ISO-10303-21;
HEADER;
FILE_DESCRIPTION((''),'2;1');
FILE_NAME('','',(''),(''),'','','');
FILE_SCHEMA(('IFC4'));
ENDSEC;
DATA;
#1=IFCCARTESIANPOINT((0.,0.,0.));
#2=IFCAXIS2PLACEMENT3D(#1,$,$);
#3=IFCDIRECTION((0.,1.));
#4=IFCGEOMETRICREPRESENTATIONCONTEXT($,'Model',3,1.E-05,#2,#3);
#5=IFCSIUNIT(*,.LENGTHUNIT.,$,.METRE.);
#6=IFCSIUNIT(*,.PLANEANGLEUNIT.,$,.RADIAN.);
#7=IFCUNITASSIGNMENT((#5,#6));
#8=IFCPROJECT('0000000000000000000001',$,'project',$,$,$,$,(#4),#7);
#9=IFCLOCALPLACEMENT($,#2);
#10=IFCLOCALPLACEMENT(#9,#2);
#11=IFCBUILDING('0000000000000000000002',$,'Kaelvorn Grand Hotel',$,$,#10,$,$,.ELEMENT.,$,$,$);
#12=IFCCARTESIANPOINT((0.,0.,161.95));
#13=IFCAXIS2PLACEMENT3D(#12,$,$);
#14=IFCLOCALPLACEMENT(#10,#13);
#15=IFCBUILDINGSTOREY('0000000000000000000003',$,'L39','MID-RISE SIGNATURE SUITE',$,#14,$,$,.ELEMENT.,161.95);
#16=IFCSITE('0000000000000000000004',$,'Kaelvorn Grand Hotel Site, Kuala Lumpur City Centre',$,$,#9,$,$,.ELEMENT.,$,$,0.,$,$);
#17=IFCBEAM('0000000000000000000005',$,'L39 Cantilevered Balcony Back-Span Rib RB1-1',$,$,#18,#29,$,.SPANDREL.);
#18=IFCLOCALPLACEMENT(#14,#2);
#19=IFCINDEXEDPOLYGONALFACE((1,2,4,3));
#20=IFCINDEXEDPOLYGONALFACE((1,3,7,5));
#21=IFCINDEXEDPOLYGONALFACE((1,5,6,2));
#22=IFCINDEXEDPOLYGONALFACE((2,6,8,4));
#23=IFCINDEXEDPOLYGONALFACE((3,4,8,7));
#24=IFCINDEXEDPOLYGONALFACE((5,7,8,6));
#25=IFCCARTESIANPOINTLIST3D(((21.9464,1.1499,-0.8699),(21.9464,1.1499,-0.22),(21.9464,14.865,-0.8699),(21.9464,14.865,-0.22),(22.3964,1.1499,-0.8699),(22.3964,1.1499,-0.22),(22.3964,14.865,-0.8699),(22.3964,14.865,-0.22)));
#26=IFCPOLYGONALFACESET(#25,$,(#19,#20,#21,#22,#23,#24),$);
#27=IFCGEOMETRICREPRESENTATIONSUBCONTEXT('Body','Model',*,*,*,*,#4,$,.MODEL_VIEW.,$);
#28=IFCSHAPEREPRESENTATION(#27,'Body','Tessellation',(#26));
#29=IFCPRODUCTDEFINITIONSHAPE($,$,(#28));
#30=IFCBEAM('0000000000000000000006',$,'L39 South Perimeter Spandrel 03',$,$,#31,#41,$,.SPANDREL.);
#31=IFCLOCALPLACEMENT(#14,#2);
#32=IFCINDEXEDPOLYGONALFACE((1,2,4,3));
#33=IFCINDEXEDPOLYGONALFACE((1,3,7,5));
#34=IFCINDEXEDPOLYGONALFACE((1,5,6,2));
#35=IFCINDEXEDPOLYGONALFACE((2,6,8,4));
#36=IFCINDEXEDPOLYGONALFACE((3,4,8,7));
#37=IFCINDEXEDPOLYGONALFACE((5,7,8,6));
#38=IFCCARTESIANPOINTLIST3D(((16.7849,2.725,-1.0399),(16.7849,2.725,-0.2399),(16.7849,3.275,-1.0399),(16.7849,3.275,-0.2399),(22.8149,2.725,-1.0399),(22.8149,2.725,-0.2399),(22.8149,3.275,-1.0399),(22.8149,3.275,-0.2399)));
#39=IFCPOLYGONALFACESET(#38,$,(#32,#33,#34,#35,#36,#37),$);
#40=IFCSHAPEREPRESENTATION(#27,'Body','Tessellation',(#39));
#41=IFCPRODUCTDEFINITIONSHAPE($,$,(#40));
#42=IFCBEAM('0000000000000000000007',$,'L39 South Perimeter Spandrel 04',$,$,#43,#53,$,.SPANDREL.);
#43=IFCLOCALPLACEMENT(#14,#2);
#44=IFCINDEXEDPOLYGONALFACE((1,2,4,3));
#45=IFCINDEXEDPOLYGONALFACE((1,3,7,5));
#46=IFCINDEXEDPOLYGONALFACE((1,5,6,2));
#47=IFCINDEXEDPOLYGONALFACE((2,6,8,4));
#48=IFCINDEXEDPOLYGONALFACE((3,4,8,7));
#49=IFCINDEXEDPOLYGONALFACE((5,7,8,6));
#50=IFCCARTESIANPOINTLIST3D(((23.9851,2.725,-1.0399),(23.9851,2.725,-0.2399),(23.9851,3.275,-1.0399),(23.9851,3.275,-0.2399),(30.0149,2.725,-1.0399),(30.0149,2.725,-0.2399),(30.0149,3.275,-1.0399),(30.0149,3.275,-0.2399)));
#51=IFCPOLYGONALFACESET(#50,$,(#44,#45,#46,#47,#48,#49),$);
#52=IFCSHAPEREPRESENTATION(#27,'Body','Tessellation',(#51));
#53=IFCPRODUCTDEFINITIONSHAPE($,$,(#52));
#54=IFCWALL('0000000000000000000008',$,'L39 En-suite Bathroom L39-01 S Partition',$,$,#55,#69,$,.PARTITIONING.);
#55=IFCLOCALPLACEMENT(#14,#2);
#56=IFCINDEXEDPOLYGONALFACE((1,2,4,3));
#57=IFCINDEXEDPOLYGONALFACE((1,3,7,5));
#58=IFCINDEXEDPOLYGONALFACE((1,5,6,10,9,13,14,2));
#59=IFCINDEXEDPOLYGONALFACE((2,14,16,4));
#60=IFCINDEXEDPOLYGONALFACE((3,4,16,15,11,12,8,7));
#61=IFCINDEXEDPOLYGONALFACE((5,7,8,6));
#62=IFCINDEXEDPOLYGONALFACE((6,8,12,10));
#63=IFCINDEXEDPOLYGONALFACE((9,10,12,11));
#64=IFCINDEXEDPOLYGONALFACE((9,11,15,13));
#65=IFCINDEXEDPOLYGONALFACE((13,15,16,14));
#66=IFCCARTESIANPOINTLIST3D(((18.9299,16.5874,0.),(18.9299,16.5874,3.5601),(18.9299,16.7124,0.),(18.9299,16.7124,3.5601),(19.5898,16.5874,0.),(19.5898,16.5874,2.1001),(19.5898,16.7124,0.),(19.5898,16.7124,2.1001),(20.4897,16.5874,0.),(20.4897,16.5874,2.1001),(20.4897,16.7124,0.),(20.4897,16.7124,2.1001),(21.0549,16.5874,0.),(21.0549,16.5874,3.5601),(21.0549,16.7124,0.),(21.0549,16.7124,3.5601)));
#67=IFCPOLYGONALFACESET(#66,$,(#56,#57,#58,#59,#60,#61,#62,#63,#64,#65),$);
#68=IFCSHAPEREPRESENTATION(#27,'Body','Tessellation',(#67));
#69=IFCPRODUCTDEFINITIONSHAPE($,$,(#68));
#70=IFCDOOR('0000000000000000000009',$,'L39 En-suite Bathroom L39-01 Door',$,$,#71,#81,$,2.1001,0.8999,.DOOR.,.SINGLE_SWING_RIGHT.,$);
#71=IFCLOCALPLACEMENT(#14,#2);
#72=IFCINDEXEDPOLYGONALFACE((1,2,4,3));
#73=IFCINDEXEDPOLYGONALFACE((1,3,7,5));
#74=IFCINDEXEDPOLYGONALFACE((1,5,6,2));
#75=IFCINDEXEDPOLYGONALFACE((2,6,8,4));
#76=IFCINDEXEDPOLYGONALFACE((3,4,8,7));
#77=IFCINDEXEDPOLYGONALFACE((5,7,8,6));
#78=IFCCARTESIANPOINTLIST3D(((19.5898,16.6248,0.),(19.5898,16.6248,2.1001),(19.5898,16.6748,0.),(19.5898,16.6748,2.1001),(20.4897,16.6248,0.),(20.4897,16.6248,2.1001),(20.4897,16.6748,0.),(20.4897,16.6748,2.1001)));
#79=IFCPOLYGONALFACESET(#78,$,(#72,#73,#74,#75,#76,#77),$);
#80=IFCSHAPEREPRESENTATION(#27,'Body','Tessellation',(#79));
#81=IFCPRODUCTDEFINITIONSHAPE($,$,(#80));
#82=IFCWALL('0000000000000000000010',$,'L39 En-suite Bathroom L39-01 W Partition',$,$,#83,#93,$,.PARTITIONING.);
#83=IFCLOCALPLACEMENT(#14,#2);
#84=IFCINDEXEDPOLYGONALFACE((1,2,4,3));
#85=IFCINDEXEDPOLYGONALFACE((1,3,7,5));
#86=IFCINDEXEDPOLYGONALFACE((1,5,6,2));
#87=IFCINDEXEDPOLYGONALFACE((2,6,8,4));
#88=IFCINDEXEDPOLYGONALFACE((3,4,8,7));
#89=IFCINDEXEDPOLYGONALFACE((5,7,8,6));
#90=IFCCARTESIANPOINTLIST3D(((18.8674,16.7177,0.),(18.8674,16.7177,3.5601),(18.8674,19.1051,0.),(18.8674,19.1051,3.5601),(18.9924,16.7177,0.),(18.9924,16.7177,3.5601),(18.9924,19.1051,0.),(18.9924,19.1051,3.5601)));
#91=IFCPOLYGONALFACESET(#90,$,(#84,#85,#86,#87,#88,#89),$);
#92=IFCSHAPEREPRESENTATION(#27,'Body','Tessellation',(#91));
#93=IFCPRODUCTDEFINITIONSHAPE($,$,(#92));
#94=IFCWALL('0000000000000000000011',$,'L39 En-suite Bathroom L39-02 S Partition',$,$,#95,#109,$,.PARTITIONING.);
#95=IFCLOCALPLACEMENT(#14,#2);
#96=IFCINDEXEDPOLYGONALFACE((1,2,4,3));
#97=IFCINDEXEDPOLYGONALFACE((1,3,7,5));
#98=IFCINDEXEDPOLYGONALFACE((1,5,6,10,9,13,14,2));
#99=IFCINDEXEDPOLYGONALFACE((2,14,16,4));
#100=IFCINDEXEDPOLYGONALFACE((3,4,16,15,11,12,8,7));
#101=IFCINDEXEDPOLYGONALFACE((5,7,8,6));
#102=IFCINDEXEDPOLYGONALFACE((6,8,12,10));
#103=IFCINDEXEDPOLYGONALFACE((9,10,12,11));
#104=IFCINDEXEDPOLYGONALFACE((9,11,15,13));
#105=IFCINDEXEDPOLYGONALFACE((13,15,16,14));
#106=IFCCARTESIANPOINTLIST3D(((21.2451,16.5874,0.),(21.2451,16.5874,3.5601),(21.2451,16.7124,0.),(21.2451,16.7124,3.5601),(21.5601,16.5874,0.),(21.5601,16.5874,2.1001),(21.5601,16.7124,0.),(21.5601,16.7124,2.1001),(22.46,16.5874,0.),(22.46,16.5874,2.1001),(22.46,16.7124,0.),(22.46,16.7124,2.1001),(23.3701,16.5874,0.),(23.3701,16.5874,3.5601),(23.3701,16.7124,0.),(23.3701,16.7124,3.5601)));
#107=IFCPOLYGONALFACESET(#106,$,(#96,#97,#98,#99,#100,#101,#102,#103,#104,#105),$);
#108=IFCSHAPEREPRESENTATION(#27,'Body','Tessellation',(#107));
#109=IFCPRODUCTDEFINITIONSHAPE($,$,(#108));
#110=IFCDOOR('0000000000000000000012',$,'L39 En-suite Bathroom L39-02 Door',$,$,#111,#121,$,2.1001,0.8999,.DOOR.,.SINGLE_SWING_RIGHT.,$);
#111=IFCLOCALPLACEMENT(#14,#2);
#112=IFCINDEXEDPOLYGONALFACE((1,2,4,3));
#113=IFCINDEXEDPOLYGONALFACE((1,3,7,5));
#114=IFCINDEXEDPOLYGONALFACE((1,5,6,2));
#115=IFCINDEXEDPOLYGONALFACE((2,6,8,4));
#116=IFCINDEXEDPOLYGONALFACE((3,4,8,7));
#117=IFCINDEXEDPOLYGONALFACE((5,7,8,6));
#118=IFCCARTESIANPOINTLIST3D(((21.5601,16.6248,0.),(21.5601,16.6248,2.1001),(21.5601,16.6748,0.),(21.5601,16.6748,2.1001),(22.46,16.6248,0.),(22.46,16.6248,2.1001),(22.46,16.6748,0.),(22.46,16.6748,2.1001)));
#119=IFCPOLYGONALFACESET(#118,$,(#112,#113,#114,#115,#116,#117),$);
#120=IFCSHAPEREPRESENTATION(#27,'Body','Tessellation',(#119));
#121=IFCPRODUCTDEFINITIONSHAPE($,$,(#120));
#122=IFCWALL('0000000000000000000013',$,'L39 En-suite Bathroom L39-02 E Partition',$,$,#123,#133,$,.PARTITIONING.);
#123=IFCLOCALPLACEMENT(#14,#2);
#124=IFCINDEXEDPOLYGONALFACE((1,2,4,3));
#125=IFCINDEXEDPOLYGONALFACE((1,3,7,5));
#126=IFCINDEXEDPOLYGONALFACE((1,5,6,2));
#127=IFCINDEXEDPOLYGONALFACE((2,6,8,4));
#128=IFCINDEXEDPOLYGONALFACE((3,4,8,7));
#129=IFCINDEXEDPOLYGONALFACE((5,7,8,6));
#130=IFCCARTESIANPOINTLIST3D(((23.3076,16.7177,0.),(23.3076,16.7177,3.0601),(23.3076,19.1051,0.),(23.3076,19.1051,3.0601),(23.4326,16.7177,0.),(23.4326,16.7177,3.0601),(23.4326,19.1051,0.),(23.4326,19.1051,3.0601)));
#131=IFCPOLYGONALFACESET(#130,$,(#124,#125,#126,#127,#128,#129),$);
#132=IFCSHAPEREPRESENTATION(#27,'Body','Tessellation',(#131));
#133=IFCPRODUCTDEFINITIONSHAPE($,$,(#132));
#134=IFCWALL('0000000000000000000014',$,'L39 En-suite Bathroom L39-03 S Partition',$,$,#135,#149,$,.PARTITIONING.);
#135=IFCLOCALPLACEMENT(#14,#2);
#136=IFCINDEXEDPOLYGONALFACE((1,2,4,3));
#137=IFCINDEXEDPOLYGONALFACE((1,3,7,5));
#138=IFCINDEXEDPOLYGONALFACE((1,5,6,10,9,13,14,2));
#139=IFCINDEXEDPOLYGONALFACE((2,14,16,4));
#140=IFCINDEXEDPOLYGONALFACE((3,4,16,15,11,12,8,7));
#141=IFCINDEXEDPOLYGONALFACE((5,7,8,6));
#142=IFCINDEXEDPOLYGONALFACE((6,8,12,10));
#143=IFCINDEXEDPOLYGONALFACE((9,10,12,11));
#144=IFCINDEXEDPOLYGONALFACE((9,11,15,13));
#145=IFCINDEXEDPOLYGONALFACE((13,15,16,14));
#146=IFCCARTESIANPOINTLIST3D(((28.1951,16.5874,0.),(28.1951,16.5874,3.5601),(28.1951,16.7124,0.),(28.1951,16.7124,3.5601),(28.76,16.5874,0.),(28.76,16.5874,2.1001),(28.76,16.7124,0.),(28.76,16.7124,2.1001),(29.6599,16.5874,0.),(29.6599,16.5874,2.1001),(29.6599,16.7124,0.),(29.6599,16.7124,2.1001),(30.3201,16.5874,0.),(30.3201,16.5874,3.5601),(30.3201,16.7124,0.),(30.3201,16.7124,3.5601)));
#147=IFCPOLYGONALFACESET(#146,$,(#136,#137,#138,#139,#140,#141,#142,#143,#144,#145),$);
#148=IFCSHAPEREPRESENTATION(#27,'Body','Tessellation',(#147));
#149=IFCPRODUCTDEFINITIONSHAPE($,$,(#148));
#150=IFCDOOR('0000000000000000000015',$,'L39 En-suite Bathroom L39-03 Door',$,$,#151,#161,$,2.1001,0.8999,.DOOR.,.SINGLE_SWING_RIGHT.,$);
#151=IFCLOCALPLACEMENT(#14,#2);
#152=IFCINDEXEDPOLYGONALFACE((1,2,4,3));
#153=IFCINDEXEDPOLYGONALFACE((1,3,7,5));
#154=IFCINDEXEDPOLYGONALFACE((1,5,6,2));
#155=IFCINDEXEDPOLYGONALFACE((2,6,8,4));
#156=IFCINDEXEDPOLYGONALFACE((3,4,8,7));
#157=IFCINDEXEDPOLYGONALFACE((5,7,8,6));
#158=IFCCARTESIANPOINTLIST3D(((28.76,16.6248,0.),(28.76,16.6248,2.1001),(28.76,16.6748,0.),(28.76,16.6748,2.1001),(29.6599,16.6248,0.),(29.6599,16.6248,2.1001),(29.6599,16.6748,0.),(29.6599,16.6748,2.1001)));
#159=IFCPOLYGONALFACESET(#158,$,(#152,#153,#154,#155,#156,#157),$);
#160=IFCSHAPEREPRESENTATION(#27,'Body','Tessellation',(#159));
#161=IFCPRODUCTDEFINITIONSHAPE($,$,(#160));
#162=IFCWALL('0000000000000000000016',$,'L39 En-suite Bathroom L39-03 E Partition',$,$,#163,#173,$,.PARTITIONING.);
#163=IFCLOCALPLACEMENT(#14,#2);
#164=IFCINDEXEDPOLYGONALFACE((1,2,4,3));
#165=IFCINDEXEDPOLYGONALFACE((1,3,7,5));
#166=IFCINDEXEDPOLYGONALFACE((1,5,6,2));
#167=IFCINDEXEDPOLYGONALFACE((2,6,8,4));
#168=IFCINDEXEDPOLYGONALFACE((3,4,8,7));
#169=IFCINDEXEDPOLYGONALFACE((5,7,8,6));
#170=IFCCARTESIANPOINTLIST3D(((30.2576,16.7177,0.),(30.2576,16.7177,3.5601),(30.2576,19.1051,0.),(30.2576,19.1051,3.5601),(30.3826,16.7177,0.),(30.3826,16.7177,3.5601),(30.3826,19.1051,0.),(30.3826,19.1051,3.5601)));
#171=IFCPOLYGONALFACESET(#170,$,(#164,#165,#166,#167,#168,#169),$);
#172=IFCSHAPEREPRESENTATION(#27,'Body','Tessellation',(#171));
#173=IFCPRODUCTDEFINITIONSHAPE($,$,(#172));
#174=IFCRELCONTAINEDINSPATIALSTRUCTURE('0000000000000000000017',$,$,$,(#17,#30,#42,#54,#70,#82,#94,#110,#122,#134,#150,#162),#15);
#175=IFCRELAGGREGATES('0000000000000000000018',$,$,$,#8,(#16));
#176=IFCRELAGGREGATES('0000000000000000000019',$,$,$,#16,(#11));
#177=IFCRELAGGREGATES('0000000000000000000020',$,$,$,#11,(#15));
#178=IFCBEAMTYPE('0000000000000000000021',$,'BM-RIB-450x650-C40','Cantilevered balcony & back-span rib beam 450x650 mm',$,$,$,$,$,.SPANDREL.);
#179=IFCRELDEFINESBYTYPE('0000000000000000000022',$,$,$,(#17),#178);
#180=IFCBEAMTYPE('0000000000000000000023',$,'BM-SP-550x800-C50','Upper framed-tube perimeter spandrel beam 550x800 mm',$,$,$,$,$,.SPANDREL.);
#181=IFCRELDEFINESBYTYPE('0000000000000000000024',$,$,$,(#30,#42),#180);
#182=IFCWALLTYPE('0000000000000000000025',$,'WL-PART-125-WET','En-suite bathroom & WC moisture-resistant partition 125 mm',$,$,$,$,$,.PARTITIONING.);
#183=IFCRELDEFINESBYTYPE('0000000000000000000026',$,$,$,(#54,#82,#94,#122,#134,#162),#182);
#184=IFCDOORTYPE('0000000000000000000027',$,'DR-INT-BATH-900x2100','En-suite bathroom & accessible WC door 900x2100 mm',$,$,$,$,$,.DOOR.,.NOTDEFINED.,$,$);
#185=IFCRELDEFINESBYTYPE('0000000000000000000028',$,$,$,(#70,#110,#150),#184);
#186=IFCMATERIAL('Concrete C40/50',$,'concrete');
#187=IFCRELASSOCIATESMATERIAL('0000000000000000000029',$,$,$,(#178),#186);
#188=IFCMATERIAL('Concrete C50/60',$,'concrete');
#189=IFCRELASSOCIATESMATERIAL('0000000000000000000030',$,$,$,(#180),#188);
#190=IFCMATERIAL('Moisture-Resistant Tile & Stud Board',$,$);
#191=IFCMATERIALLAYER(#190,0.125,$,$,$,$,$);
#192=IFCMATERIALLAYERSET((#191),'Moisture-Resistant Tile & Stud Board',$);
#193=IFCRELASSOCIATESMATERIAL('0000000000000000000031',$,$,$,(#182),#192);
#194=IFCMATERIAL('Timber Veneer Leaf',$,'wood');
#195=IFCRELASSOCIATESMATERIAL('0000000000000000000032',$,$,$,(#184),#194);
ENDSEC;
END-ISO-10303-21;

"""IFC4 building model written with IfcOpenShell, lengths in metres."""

from ifc_helpers import new_model, si_unit, direction, frame, frame_2d, origin, origin_2d, place, context, subcontext, project, spatial, rectangle, extrude, material, layer, layer_set, material_profile, profile_set, type_object, element, fill, save


model = new_model("IFC4")

# Units and contexts
model_context = context("Model", 3, precision=1e-05, world=origin(), true_north=direction((0.0, 1.0)))
body_context = subcontext(model_context, "Body", "Model", "MODEL_VIEW")
ifc_project = project(units=[si_unit("LENGTHUNIT", "METRE"), si_unit("PLANEANGLEUNIT", "RADIAN")], contexts=[model_context])

# Site, building, storey
site_placement = place(None, origin())
site = spatial("IfcSite", under=ifc_project, at=site_placement, Name="Kaelvorn Grand Hotel Site, Kuala Lumpur City Centre", CompositionType="ELEMENT", RefElevation=0.0)
building_placement = place(site_placement, origin())
building = spatial("IfcBuilding", under=site, at=building_placement, Name="Kaelvorn Grand Hotel", CompositionType="ELEMENT")
storey_placement = place(building_placement, frame((0.0, 0.0, 161.95)))
storey = spatial("IfcBuildingStorey", under=building, at=storey_placement, Name="L39", Description="MID-RISE SIGNATURE SUITE", CompositionType="ELEMENT", Elevation=161.95)

# Beams
ifc_material_1 = material(Name="Concrete C40/50", Category="concrete")
ifc_material_profile_1 = material_profile(ifc_material_1, rectangle(XDim=0.45, YDim=0.6499, at=origin_2d()), Name="RC RIB 450x650")
ifc_profile_set_1 = profile_set([ifc_material_profile_1], Name="Concrete C40/50")
beam_type_1 = type_object("IfcBeamType", Name="BM-RIB-450x650-C40", Description="Cantilevered balcony & back-span rib beam 450x650 mm", PredefinedType="SPANDREL", material=ifc_profile_set_1)
beam_1_placement = place(storey_placement, frame((22.1714, 1.1499, -0.5449), z_axis=(0.0, 1.0, 0.0), x_axis=(-1.0, 0.0, 0.0)))
element("IfcBeam", 1, at=beam_1_placement, inside=storey, type_object=beam_type_1, Name="L39 Cantilevered Balcony Back-Span Rib RB1-1", PredefinedType="SPANDREL", context=body_context, shape_type="SweptSolid", body=[
    extrude(rectangle(XDim=0.45, YDim=0.6499, at=origin_2d()), origin(), (0.0, 0.0, 1.0), 13.7151),
])
ifc_material_2 = material(Name="Concrete C50/60", Category="concrete")
ifc_material_profile_2 = material_profile(ifc_material_2, rectangle(XDim=0.55, YDim=0.8, at=origin_2d()), Name="RC SPANDREL 550x800")
ifc_profile_set_2 = profile_set([ifc_material_profile_2], Name="Concrete C50/60")
beam_type_2 = type_object("IfcBeamType", Name="BM-SP-550x800-C50", Description="Upper framed-tube perimeter spandrel beam 550x800 mm", PredefinedType="SPANDREL", material=ifc_profile_set_2)
beam_2_placement = place(storey_placement, frame((16.7849, 3.0, -0.6399), z_axis=(1.0, 0.0, 0.0), x_axis=(0.0, 1.0, 0.0)))
element("IfcBeam", 2, at=beam_2_placement, inside=storey, type_object=beam_type_2, Name="L39 South Perimeter Spandrel 03", PredefinedType="SPANDREL", context=body_context, shape_type="SweptSolid", body=[
    extrude(rectangle(XDim=0.55, YDim=0.8, at=origin_2d()), origin(), (0.0, 0.0, 1.0), 6.03),
])
beam_3_placement = place(storey_placement, frame((23.9851, 3.0, -0.6399), z_axis=(1.0, 0.0, 0.0), x_axis=(0.0, 1.0, 0.0)))
element("IfcBeam", 3, at=beam_3_placement, inside=storey, type_object=beam_type_2, Name="L39 South Perimeter Spandrel 04", PredefinedType="SPANDREL", context=body_context, shape_type="SweptSolid", body=[
    extrude(rectangle(XDim=0.55, YDim=0.8, at=origin_2d()), origin(), (0.0, 0.0, 1.0), 6.0298),
])

# Wall, opening, door
ifc_material_3 = material(Name="Moisture-Resistant Tile & Stud Board")
ifc_layer_1 = layer(ifc_material_3, 0.125)
ifc_layer_set_1 = layer_set([ifc_layer_1], Name="Moisture-Resistant Tile & Stud Board")
wall_type_1 = type_object("IfcWallType", Name="WL-PART-125-WET", Description="En-suite bathroom & WC moisture-resistant partition 125 mm", PredefinedType="PARTITIONING", material=ifc_layer_set_1)
wall_1_placement = place(storey_placement, frame((18.9299, 16.6499, 0.0), z_axis=(0.0, 0.0, 1.0), x_axis=(1.0, 0.0, 0.0)))
wall_1 = element("IfcWall", 4, at=wall_1_placement, inside=storey, type_object=wall_type_1, Name="L39 En-suite Bathroom L39-01 S Partition", PredefinedType="PARTITIONING", context=body_context, shape_type="SweptSolid", body=[
    extrude(rectangle(XDim=2.125, YDim=0.125, at=frame_2d((1.0625, 0.0))), origin(), (0.0, 0.0, 1.0), 3.5601),
])
opening_1_placement = place(wall_1_placement, frame((0.6599, 0.0, 0.0)))
opening_1 = element("IfcOpeningElement", 5, at=opening_1_placement, cuts=wall_1, PredefinedType="OPENING", context=body_context, shape_type="SweptSolid", body=[
    extrude(rectangle(XDim=0.8999, YDim=2.1001, at=frame_2d((0.45, 1.05))), frame((0.0, 0.0725, 0.0), z_axis=(0.0, -1.0, 0.0), x_axis=(1.0, 0.0, 0.0)), (0.0, 0.0, 1.0), 0.145),
])
ifc_material_4 = material(Name="Timber Veneer Leaf", Category="wood")
door_type_1 = type_object("IfcDoorType", Name="DR-INT-BATH-900x2100", Description="En-suite bathroom & accessible WC door 900x2100 mm", OperationType="NOTDEFINED", PredefinedType="DOOR", material=ifc_material_4)
door_1_placement = place(opening_1_placement, origin())
door_1 = element("IfcDoor", 6, at=door_1_placement, inside=storey, type_object=door_type_1, Name="L39 En-suite Bathroom L39-01 Door", OperationType="SINGLE_SWING_RIGHT", OverallHeight=2.1001, OverallWidth=0.8999, PredefinedType="DOOR", context=body_context, shape_type="SweptSolid", body=[
    extrude(rectangle(XDim=0.8999, YDim=2.1001, at=frame_2d((0.45, 1.05))), frame((0.0, 0.0249, 0.0), z_axis=(0.0, -1.0, 0.0), x_axis=(1.0, 0.0, 0.0)), (0.0, 0.0, 1.0), 0.05),
])
fill(opening_1, door_1)

# Wall
wall_2_placement = place(storey_placement, frame((18.9299, 16.7175, 0.0), z_axis=(0.0, 0.0, 1.0), x_axis=(0.0, 1.0, 0.0)))
element("IfcWall", 7, at=wall_2_placement, inside=storey, type_object=wall_type_1, Name="L39 En-suite Bathroom L39-01 W Partition", PredefinedType="PARTITIONING", context=body_context, shape_type="SweptSolid", body=[
    extrude(rectangle(XDim=2.3875, YDim=0.125, at=frame_2d((1.1938, 0.0))), origin(), (0.0, 0.0, 1.0), 3.5601),
])

# Wall, opening, door
wall_3_placement = place(storey_placement, frame((21.2451, 16.6499, 0.0), z_axis=(0.0, 0.0, 1.0), x_axis=(1.0, 0.0, 0.0)))
wall_3 = element("IfcWall", 8, at=wall_3_placement, inside=storey, type_object=wall_type_1, Name="L39 En-suite Bathroom L39-02 S Partition", PredefinedType="PARTITIONING", context=body_context, shape_type="SweptSolid", body=[
    extrude(rectangle(XDim=2.125, YDim=0.125, at=frame_2d((1.0625, 0.0))), origin(), (0.0, 0.0, 1.0), 3.5601),
])
opening_2_placement = place(wall_3_placement, frame((0.3149, 0.0, 0.0)))
opening_2 = element("IfcOpeningElement", 9, at=opening_2_placement, cuts=wall_3, PredefinedType="OPENING", context=body_context, shape_type="SweptSolid", body=[
    extrude(rectangle(XDim=0.8999, YDim=2.1001, at=frame_2d((0.45, 1.05))), frame((0.0, 0.0725, 0.0), z_axis=(0.0, -1.0, 0.0), x_axis=(1.0, 0.0, 0.0)), (0.0, 0.0, 1.0), 0.145),
])
door_2_placement = place(opening_2_placement, origin())
door_2 = element("IfcDoor", 10, at=door_2_placement, inside=storey, type_object=door_type_1, Name="L39 En-suite Bathroom L39-02 Door", OperationType="SINGLE_SWING_RIGHT", OverallHeight=2.1001, OverallWidth=0.8999, PredefinedType="DOOR", context=body_context, shape_type="SweptSolid", body=[
    extrude(rectangle(XDim=0.8999, YDim=2.1001, at=frame_2d((0.45, 1.05))), frame((0.0, 0.0249, 0.0), z_axis=(0.0, -1.0, 0.0), x_axis=(1.0, 0.0, 0.0)), (0.0, 0.0, 1.0), 0.05),
])
fill(opening_2, door_2)

# Wall
wall_4_placement = place(storey_placement, frame((23.3701, 16.7175, 0.0), z_axis=(0.0, 0.0, 1.0), x_axis=(0.0, 1.0, 0.0)))
element("IfcWall", 11, at=wall_4_placement, inside=storey, type_object=wall_type_1, Name="L39 En-suite Bathroom L39-02 E Partition", PredefinedType="PARTITIONING", context=body_context, shape_type="SweptSolid", body=[
    extrude(rectangle(XDim=2.3875, YDim=0.125, at=frame_2d((1.1938, 0.0))), origin(), (0.0, 0.0, 1.0), 3.0601),
])

# Wall, opening, door
wall_5_placement = place(storey_placement, frame((28.1951, 16.6499, 0.0), z_axis=(0.0, 0.0, 1.0), x_axis=(1.0, 0.0, 0.0)))
wall_5 = element("IfcWall", 12, at=wall_5_placement, inside=storey, type_object=wall_type_1, Name="L39 En-suite Bathroom L39-03 S Partition", PredefinedType="PARTITIONING", context=body_context, shape_type="SweptSolid", body=[
    extrude(rectangle(XDim=2.125, YDim=0.125, at=frame_2d((1.0625, 0.0))), origin(), (0.0, 0.0, 1.0), 3.5601),
])
opening_3_placement = place(wall_5_placement, frame((0.5649, 0.0, 0.0)))
opening_3 = element("IfcOpeningElement", 13, at=opening_3_placement, cuts=wall_5, PredefinedType="OPENING", context=body_context, shape_type="SweptSolid", body=[
    extrude(rectangle(XDim=0.8999, YDim=2.1001, at=frame_2d((0.45, 1.05))), frame((0.0, 0.0725, 0.0), z_axis=(0.0, -1.0, 0.0), x_axis=(1.0, 0.0, 0.0)), (0.0, 0.0, 1.0), 0.145),
])
door_3_placement = place(opening_3_placement, origin())
door_3 = element("IfcDoor", 14, at=door_3_placement, inside=storey, type_object=door_type_1, Name="L39 En-suite Bathroom L39-03 Door", OperationType="SINGLE_SWING_RIGHT", OverallHeight=2.1001, OverallWidth=0.8999, PredefinedType="DOOR", context=body_context, shape_type="SweptSolid", body=[
    extrude(rectangle(XDim=0.8999, YDim=2.1001, at=frame_2d((0.45, 1.05))), frame((0.0, 0.0249, 0.0), z_axis=(0.0, -1.0, 0.0), x_axis=(1.0, 0.0, 0.0)), (0.0, 0.0, 1.0), 0.05),
])
fill(opening_3, door_3)

# Wall
wall_6_placement = place(storey_placement, frame((30.3201, 16.7175, 0.0), z_axis=(0.0, 0.0, 1.0), x_axis=(0.0, 1.0, 0.0)))
element("IfcWall", 15, at=wall_6_placement, inside=storey, type_object=wall_type_1, Name="L39 En-suite Bathroom L39-03 E Partition", PredefinedType="PARTITIONING", context=body_context, shape_type="SweptSolid", body=[
    extrude(rectangle(XDim=2.3875, YDim=0.125, at=frame_2d((1.1938, 0.0))), origin(), (0.0, 0.0, 1.0), 3.5601),
])

save(model, "model.ifc")
